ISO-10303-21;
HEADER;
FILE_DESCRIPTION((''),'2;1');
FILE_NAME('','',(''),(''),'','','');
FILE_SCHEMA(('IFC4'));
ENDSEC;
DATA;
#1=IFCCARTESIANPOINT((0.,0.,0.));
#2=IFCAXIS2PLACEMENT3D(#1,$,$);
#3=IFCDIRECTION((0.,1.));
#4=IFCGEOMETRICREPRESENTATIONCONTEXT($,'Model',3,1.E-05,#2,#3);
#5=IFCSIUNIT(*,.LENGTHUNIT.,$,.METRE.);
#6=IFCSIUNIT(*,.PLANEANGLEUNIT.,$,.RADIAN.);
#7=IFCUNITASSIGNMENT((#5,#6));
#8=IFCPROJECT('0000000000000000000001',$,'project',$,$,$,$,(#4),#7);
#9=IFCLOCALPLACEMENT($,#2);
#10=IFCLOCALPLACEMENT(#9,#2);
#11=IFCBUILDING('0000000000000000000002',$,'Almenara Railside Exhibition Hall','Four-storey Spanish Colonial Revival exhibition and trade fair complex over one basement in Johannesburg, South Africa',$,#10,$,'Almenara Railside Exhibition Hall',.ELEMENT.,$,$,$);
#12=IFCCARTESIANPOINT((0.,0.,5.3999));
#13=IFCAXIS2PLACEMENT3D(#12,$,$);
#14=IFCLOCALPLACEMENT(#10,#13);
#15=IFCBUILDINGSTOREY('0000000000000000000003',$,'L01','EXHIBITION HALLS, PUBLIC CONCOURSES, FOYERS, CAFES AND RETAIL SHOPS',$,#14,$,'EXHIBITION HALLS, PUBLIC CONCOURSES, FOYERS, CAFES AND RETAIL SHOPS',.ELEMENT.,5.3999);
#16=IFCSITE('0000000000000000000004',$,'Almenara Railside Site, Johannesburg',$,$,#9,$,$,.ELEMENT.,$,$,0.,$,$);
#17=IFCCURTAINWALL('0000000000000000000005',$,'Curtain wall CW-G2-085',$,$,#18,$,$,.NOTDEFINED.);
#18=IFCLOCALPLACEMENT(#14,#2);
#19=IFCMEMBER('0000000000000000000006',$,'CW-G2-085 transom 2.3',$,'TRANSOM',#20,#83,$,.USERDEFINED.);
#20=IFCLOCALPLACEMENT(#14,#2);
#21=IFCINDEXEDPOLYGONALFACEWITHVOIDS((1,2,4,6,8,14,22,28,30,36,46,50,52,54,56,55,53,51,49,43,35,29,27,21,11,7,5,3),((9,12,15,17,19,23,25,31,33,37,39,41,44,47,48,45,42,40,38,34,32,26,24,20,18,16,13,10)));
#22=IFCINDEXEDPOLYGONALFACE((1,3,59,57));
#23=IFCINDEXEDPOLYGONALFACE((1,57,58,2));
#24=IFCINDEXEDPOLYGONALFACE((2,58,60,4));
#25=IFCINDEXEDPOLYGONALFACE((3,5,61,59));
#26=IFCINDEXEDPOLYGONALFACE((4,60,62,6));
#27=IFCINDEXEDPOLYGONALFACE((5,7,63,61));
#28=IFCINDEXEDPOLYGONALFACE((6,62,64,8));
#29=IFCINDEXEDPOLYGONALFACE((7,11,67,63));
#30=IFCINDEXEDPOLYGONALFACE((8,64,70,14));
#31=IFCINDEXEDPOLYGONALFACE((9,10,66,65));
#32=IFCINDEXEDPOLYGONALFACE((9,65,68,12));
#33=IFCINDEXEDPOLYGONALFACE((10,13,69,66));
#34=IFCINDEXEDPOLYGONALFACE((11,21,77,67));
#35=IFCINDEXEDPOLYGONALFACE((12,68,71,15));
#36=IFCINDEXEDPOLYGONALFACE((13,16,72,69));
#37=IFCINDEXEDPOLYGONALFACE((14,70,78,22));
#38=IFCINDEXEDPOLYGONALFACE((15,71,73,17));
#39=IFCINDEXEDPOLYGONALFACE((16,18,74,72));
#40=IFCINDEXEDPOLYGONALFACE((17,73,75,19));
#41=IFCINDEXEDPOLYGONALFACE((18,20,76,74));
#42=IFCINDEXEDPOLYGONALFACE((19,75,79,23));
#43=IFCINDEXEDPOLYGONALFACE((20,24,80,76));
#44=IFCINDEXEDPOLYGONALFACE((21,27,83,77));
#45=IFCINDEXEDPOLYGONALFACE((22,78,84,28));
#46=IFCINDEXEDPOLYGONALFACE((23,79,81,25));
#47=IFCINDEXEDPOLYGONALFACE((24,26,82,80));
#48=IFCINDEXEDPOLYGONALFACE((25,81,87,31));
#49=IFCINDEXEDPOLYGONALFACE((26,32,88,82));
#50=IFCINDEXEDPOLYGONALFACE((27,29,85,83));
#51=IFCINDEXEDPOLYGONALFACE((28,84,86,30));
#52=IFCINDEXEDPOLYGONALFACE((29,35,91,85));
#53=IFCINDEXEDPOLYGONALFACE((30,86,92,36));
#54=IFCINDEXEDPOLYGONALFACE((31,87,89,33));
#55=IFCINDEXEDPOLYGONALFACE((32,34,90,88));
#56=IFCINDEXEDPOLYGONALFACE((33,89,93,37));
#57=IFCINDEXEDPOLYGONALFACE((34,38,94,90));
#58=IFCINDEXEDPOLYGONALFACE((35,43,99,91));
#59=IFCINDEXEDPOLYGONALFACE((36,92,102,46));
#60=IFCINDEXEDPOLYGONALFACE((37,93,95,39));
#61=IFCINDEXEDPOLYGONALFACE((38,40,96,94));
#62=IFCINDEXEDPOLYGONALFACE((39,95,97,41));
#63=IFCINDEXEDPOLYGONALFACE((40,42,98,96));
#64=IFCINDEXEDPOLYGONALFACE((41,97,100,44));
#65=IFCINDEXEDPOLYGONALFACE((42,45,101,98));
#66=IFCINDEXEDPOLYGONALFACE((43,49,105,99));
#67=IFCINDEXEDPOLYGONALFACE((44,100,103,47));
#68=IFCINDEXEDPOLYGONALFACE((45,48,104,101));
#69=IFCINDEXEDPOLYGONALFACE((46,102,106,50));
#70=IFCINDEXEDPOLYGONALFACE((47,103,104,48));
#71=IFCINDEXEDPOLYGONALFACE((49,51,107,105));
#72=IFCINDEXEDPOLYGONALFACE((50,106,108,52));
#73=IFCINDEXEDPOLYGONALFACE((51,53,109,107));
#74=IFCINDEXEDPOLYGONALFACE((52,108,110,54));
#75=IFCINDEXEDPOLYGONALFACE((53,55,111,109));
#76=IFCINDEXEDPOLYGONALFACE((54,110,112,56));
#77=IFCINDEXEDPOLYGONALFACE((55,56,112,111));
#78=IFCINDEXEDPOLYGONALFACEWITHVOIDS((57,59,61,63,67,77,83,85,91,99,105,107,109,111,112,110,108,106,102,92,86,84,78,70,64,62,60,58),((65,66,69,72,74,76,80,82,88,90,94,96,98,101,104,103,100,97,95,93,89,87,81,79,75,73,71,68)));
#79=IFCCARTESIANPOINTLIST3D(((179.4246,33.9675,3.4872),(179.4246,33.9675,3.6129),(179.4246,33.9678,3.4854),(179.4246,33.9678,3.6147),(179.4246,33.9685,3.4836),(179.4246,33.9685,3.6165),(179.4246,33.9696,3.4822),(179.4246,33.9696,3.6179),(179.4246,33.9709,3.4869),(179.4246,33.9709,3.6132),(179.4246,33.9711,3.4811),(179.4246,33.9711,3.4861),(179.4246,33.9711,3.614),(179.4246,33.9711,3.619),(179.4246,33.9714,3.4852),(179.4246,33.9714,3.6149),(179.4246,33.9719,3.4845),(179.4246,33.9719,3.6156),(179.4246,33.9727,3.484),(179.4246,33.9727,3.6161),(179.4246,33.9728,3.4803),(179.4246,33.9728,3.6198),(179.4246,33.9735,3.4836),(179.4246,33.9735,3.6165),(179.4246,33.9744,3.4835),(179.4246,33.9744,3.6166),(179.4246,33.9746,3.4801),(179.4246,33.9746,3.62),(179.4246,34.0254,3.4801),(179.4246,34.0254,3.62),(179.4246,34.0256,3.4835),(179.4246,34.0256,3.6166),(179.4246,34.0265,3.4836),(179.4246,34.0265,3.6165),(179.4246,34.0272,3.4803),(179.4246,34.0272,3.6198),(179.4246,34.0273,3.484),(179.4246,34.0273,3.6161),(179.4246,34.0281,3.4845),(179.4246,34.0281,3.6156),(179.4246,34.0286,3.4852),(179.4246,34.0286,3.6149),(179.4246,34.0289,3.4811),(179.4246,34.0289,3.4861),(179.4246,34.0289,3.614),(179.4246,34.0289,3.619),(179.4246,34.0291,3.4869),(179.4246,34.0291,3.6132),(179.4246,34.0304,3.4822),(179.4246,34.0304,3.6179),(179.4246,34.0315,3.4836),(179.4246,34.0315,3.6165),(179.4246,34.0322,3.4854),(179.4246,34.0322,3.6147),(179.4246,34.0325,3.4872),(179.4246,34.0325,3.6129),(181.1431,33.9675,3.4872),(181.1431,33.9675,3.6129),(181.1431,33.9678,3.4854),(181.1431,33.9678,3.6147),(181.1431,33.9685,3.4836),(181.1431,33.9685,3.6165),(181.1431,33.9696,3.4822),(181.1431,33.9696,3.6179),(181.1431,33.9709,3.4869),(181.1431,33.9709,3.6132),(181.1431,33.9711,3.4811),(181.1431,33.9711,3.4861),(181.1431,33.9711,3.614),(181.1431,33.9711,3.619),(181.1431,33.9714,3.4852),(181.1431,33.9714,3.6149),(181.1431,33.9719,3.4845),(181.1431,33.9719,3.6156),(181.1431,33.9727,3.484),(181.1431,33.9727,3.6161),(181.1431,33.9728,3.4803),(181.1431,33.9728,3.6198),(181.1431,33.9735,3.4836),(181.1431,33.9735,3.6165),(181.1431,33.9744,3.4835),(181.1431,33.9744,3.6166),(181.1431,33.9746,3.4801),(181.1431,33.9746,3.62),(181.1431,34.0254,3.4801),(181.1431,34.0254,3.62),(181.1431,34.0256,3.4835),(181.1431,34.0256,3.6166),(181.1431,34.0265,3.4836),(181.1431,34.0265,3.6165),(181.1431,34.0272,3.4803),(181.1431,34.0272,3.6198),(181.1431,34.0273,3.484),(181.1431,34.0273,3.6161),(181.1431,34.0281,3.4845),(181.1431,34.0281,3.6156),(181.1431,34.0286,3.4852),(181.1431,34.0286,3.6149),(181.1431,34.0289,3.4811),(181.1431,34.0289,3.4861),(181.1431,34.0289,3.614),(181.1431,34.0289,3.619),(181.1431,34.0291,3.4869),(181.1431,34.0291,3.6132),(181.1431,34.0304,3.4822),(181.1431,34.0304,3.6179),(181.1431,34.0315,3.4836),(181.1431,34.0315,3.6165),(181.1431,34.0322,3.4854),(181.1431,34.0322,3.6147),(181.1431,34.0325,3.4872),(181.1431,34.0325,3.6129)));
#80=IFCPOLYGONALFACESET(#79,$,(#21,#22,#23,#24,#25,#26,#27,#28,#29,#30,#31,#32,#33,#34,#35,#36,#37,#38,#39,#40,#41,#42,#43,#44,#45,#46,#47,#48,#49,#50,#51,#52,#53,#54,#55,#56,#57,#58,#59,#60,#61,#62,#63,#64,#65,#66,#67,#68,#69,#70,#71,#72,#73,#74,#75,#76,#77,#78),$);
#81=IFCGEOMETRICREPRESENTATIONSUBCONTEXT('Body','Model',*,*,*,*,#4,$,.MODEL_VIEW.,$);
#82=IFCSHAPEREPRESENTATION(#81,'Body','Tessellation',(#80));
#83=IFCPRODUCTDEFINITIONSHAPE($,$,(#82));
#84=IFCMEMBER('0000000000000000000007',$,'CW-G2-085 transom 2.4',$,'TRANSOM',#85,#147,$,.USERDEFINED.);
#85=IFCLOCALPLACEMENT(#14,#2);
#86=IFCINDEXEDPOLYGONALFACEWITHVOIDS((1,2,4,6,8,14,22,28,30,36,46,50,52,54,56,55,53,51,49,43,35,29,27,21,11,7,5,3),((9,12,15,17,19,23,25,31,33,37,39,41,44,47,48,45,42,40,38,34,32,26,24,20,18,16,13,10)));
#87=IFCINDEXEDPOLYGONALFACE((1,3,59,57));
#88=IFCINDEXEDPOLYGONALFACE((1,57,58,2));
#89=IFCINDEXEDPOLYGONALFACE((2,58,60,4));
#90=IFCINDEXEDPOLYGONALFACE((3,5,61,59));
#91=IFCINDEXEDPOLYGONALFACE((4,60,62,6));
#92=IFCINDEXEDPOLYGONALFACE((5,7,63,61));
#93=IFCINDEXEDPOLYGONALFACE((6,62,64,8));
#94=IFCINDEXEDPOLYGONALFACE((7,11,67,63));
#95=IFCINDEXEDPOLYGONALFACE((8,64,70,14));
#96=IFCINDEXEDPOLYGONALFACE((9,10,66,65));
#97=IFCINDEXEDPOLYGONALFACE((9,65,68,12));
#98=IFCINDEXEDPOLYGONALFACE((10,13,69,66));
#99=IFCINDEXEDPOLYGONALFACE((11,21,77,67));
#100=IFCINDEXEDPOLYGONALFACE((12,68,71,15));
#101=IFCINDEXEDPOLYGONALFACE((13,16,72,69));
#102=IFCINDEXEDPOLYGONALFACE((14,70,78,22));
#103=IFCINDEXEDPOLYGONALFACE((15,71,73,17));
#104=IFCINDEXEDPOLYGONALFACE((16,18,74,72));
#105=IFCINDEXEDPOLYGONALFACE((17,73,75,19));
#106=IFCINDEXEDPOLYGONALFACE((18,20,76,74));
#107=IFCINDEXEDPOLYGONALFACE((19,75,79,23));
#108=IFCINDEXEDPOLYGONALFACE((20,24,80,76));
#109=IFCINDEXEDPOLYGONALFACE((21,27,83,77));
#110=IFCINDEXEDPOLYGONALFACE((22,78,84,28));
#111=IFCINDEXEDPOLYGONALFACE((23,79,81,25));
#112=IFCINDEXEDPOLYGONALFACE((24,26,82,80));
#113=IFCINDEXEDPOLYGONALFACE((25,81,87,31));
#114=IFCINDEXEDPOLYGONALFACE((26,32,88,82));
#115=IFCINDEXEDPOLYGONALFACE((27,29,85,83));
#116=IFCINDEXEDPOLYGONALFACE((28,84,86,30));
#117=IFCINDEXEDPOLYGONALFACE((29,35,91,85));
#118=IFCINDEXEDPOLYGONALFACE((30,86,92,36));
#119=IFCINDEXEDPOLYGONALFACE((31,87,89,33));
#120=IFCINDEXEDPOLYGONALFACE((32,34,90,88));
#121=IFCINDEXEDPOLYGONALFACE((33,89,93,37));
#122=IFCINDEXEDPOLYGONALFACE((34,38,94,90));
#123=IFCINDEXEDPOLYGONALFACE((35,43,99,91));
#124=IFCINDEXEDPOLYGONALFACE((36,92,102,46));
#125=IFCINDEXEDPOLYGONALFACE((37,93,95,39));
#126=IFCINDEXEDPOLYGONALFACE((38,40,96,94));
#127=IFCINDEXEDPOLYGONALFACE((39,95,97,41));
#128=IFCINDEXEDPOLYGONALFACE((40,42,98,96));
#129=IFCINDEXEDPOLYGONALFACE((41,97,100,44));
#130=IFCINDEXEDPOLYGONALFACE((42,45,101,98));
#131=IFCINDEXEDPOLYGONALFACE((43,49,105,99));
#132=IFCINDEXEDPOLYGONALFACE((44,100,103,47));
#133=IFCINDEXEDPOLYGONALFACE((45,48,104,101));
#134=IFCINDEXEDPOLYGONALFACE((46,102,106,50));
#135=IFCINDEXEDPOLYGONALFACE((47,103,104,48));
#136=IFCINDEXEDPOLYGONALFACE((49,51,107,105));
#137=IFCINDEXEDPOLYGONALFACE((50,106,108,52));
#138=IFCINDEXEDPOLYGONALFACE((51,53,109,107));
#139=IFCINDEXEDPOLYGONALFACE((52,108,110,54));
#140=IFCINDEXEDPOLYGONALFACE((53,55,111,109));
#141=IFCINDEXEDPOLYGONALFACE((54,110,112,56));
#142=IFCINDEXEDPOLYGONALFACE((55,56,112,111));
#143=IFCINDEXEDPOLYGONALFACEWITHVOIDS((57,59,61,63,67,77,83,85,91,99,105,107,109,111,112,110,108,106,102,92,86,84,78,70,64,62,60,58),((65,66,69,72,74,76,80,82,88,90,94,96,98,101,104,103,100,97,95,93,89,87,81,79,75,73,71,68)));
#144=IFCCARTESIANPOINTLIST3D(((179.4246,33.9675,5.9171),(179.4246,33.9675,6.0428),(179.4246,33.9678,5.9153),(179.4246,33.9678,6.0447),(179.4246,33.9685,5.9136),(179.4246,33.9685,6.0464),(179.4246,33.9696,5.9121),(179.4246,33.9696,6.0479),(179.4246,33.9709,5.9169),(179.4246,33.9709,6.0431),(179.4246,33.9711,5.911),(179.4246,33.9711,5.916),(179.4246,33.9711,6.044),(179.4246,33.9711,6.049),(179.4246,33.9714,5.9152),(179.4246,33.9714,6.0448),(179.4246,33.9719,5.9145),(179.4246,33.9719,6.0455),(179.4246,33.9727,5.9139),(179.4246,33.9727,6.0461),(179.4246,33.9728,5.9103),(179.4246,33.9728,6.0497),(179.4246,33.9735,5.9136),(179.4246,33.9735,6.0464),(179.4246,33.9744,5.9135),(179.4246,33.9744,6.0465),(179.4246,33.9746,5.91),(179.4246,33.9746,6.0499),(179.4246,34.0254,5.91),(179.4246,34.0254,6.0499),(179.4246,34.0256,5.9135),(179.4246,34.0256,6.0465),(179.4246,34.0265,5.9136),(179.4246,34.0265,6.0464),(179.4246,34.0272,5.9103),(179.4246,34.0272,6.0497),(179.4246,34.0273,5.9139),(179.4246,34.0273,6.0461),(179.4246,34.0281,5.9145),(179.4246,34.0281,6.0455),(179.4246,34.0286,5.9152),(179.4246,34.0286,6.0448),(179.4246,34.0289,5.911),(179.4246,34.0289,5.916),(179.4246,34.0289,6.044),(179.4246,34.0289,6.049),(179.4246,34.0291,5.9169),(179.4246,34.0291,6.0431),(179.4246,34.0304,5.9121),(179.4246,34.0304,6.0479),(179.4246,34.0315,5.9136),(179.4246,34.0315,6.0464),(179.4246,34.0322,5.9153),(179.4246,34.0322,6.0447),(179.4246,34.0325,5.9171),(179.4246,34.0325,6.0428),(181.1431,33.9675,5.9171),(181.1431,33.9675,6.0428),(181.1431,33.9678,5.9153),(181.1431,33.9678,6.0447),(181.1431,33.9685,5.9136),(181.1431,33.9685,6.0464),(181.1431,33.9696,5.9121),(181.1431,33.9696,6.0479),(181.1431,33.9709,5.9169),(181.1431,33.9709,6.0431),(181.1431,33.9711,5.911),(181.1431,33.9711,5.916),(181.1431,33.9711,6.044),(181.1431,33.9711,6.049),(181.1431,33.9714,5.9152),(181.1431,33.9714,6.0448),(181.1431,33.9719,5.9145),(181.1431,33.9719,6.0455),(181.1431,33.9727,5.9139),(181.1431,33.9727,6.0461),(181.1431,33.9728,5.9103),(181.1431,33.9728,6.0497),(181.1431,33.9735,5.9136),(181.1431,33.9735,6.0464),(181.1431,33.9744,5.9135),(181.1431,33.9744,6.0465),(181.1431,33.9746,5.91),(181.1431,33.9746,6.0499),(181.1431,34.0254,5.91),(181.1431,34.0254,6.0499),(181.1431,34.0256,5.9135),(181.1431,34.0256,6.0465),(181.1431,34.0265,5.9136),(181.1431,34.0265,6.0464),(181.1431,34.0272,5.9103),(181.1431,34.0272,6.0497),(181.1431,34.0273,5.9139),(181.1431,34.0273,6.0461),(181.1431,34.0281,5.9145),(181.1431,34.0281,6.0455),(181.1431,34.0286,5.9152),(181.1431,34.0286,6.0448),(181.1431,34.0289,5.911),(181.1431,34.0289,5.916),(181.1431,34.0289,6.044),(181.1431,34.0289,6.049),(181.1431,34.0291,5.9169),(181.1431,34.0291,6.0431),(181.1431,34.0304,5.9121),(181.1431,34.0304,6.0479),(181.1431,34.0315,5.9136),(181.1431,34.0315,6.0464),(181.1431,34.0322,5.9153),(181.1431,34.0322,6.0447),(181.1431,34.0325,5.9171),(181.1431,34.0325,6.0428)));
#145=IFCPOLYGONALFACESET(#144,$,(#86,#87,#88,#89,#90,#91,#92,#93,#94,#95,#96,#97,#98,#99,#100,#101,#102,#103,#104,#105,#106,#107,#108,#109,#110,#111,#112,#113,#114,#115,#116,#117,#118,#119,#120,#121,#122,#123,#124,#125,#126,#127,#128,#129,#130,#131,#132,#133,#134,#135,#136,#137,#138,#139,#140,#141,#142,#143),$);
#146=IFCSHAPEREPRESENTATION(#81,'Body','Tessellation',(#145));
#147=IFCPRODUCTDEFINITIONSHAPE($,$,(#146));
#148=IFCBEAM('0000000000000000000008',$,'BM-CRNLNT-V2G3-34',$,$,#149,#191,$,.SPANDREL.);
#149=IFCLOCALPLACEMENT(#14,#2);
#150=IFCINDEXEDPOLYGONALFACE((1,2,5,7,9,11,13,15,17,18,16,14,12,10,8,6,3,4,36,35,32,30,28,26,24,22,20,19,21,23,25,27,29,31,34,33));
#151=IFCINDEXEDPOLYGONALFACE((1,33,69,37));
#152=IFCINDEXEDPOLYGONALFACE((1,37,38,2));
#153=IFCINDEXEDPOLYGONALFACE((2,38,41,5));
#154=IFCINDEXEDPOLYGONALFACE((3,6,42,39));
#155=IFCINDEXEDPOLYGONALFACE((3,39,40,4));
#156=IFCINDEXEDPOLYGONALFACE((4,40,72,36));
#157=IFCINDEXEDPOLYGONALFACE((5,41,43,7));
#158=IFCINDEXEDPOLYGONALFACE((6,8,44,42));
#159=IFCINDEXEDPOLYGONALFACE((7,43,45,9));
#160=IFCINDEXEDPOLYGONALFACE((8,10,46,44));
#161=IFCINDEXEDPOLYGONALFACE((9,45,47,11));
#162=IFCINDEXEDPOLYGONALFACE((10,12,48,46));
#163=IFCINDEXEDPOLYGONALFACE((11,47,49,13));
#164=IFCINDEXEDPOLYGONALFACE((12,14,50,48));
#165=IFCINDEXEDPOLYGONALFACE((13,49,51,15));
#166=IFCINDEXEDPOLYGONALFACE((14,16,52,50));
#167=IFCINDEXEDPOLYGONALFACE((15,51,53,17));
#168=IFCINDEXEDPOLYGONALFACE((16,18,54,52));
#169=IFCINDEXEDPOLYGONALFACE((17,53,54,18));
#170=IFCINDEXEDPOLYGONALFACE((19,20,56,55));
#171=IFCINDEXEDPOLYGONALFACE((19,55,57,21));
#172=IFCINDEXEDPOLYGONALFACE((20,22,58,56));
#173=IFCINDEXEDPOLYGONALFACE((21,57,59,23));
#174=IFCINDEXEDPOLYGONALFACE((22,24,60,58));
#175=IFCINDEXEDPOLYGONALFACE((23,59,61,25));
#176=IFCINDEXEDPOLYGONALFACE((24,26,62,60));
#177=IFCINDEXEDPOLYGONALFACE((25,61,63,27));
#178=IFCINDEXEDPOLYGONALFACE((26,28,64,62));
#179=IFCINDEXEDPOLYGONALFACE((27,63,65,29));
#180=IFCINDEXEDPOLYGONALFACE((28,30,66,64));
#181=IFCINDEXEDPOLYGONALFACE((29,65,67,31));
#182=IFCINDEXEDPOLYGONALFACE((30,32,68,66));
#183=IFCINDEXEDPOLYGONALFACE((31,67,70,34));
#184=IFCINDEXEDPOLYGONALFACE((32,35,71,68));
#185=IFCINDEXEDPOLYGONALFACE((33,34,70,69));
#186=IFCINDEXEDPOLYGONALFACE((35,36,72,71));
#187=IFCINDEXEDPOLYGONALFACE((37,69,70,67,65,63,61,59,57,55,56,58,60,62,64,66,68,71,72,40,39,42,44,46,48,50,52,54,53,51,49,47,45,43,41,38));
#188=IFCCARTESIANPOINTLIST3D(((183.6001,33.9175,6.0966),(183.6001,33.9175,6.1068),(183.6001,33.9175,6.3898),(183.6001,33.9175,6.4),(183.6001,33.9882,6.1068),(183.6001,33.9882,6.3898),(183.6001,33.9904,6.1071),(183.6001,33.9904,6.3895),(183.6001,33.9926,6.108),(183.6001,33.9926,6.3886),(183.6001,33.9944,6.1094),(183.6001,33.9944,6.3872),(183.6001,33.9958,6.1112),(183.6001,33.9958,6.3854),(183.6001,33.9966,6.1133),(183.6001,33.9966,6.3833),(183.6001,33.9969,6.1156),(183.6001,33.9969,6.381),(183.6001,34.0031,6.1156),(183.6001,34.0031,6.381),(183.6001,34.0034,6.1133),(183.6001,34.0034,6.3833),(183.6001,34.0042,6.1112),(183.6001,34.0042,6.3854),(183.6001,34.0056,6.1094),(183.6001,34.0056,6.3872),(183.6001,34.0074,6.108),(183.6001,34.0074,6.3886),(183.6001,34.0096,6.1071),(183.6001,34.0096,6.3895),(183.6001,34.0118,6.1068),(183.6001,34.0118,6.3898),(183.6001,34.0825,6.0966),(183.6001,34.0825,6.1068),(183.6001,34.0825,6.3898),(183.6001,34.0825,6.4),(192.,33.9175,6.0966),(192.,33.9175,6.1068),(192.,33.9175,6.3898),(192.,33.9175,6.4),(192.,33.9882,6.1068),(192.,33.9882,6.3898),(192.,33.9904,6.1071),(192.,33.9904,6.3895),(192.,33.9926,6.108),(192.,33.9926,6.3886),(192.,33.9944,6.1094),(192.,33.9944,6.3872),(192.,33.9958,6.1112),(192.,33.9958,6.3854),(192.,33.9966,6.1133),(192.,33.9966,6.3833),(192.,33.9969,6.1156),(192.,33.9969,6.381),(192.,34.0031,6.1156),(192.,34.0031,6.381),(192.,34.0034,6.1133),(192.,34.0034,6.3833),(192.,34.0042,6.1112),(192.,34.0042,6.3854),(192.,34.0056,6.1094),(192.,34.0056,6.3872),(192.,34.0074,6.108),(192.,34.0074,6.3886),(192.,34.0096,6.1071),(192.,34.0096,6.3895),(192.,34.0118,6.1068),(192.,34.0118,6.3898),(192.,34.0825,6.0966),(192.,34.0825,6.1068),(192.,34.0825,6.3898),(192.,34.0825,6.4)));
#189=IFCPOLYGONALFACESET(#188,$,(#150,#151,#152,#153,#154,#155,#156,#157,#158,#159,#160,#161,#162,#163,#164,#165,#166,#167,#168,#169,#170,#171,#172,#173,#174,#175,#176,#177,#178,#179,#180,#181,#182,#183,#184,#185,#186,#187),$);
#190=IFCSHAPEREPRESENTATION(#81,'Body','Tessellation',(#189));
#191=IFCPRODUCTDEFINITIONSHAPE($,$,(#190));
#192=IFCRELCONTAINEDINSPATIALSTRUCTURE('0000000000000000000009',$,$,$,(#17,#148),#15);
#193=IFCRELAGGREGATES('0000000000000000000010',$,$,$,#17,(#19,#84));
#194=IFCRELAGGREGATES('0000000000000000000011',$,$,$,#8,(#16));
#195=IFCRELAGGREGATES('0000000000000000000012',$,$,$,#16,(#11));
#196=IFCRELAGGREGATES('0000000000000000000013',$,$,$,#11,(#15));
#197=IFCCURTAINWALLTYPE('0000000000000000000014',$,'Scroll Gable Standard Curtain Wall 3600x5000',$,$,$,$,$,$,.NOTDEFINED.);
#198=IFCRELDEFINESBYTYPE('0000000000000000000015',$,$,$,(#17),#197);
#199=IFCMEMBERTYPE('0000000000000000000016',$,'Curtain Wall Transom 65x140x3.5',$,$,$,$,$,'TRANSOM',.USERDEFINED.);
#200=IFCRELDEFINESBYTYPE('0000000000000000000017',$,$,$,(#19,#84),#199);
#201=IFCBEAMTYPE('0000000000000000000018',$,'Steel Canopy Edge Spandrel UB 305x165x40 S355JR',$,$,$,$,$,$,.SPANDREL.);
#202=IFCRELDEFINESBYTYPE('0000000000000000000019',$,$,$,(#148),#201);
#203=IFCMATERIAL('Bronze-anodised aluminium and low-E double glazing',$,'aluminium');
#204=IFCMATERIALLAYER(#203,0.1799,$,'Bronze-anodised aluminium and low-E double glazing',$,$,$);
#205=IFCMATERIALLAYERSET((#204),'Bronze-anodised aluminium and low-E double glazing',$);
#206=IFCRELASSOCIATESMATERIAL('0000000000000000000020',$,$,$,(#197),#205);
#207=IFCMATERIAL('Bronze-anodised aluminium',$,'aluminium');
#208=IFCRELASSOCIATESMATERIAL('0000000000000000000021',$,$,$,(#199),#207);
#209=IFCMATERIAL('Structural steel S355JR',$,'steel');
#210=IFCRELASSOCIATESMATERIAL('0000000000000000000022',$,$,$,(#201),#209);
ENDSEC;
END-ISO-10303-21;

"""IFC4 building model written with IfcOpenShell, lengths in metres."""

from ifc_helpers import new_model, si_unit, direction, frame, origin, origin_2d, place, context, subcontext, project, spatial, hollow_rectangle, i_section, extrude, material, layer, layer_set, material_profile, profile_set, type_object, element, aggregate, save


model = new_model("IFC4")

# Units and contexts
model_context = context("Model", 3, precision=1e-05, world=origin(), true_north=direction((0.0, 1.0)))
body_context = subcontext(model_context, "Body", "Model", "MODEL_VIEW")
ifc_project = project(units=[si_unit("LENGTHUNIT", "METRE"), si_unit("PLANEANGLEUNIT", "RADIAN")], contexts=[model_context])

# Site, building, storey
site_placement = place(None, origin())
site = spatial("IfcSite", under=ifc_project, at=site_placement, Name="Almenara Railside Site, Johannesburg", CompositionType="ELEMENT", RefElevation=0.0)
building_placement = place(site_placement, origin())
building = spatial("IfcBuilding", under=site, at=building_placement, Name="Almenara Railside Exhibition Hall", Description="Four-storey Spanish Colonial Revival exhibition and trade fair complex over one basement in Johannesburg, South Africa", LongName="Almenara Railside Exhibition Hall", CompositionType="ELEMENT")
storey_placement = place(building_placement, frame((0.0, 0.0, 5.3999)))
storey = spatial("IfcBuildingStorey", under=building, at=storey_placement, Name="L01", Description="EXHIBITION HALLS, PUBLIC CONCOURSES, FOYERS, CAFES AND RETAIL SHOPS", LongName="EXHIBITION HALLS, PUBLIC CONCOURSES, FOYERS, CAFES AND RETAIL SHOPS", CompositionType="ELEMENT", Elevation=5.3999)

# Shared definitions
ifc_material_1 = material(Name="Structural steel S355JR", Category="steel")

# Curtain wall
ifc_material_2 = material(Name="Bronze-anodised aluminium and low-E double glazing", Category="aluminium")
ifc_material_3 = material(Name="Bronze-anodised aluminium", Category="aluminium")
ifc_layer_1 = layer(ifc_material_2, 0.1799, Name="Bronze-anodised aluminium and low-E double glazing")
ifc_layer_set_1 = layer_set([ifc_layer_1], Name="Bronze-anodised aluminium and low-E double glazing")
curtain_wall_type_1 = type_object("IfcCurtainWallType", Name="Scroll Gable Standard Curtain Wall 3600x5000", PredefinedType="NOTDEFINED", material=ifc_layer_set_1)
curtain_wall_1_placement = place(storey_placement, origin())
curtain_wall_1 = element("IfcCurtainWall", 1, at=curtain_wall_1_placement, inside=storey, type_object=curtain_wall_type_1, Name="Curtain wall CW-G2-085", PredefinedType="NOTDEFINED")

# Members
ifc_material_profile_1 = material_profile(ifc_material_3, hollow_rectangle(XDim=0.0649, YDim=0.1399, WallThickness=0.0034, InnerFilletRadius=0.0034, OuterFilletRadius=0.0071, at=origin_2d()), Name="ALU-TRN 65x140x3.5")
ifc_profile_set_1 = profile_set([ifc_material_profile_1], Name="Bronze-anodised aluminium")
member_type_1 = type_object("IfcMemberType", Name="Curtain Wall Transom 65x140x3.5", ElementType="TRANSOM", PredefinedType="USERDEFINED", material=ifc_profile_set_1)
member_1_placement = place(storey_placement, frame((179.4246, 34.0, 3.55), z_axis=(1.0, 0.0, 0.0), x_axis=(0.0, 1.0, 0.0)))
member_1 = element("IfcMember", 2, at=member_1_placement, type_object=member_type_1, Name="CW-G2-085 transom 2.3", ObjectType="TRANSOM", PredefinedType="USERDEFINED", context=body_context, shape_type="SweptSolid", body=[
    extrude(hollow_rectangle(XDim=0.0649, YDim=0.1399, WallThickness=0.0034, InnerFilletRadius=0.0034, OuterFilletRadius=0.0071, at=origin_2d()), origin(), (0.0, 0.0, 1.0), 1.7185),
])
member_2_placement = place(storey_placement, frame((179.4246, 34.0, 5.98), z_axis=(1.0, 0.0, 0.0), x_axis=(0.0, 1.0, 0.0)))
member_2 = element("IfcMember", 3, at=member_2_placement, type_object=member_type_1, Name="CW-G2-085 transom 2.4", ObjectType="TRANSOM", PredefinedType="USERDEFINED", context=body_context, shape_type="SweptSolid", body=[
    extrude(hollow_rectangle(XDim=0.0649, YDim=0.1399, WallThickness=0.0034, InnerFilletRadius=0.0034, OuterFilletRadius=0.0071, at=origin_2d()), origin(), (0.0, 0.0, 1.0), 1.7185),
])

# Beam
ifc_material_profile_2 = material_profile(ifc_material_1, i_section(OverallWidth=0.165, OverallDepth=0.3035, WebThickness=0.0061, FlangeThickness=0.0103, FilletRadius=0.0088, at=origin_2d()), Name="UB 305x165x40")
ifc_profile_set_2 = profile_set([ifc_material_profile_2], Name="Structural steel S355JR")
beam_type = type_object("IfcBeamType", Name="Steel Canopy Edge Spandrel UB 305x165x40 S355JR", PredefinedType="SPANDREL", material=ifc_profile_set_2)
beam_placement = place(storey_placement, frame((183.6001, 34.0, 6.2483), z_axis=(1.0, 0.0, 0.0), x_axis=(0.0, 1.0, 0.0)))
element("IfcBeam", 4, at=beam_placement, inside=storey, type_object=beam_type, Name="BM-CRNLNT-V2G3-34", PredefinedType="SPANDREL", context=body_context, shape_type="SweptSolid", body=[
    extrude(i_section(OverallWidth=0.165, OverallDepth=0.3035, WebThickness=0.0061, FlangeThickness=0.0103, FilletRadius=0.0088, at=origin_2d()), origin(), (0.0, 0.0, 1.0), 8.3999),
])

aggregate(curtain_wall_1, [member_1, member_2])

save(model, "model.ifc")
